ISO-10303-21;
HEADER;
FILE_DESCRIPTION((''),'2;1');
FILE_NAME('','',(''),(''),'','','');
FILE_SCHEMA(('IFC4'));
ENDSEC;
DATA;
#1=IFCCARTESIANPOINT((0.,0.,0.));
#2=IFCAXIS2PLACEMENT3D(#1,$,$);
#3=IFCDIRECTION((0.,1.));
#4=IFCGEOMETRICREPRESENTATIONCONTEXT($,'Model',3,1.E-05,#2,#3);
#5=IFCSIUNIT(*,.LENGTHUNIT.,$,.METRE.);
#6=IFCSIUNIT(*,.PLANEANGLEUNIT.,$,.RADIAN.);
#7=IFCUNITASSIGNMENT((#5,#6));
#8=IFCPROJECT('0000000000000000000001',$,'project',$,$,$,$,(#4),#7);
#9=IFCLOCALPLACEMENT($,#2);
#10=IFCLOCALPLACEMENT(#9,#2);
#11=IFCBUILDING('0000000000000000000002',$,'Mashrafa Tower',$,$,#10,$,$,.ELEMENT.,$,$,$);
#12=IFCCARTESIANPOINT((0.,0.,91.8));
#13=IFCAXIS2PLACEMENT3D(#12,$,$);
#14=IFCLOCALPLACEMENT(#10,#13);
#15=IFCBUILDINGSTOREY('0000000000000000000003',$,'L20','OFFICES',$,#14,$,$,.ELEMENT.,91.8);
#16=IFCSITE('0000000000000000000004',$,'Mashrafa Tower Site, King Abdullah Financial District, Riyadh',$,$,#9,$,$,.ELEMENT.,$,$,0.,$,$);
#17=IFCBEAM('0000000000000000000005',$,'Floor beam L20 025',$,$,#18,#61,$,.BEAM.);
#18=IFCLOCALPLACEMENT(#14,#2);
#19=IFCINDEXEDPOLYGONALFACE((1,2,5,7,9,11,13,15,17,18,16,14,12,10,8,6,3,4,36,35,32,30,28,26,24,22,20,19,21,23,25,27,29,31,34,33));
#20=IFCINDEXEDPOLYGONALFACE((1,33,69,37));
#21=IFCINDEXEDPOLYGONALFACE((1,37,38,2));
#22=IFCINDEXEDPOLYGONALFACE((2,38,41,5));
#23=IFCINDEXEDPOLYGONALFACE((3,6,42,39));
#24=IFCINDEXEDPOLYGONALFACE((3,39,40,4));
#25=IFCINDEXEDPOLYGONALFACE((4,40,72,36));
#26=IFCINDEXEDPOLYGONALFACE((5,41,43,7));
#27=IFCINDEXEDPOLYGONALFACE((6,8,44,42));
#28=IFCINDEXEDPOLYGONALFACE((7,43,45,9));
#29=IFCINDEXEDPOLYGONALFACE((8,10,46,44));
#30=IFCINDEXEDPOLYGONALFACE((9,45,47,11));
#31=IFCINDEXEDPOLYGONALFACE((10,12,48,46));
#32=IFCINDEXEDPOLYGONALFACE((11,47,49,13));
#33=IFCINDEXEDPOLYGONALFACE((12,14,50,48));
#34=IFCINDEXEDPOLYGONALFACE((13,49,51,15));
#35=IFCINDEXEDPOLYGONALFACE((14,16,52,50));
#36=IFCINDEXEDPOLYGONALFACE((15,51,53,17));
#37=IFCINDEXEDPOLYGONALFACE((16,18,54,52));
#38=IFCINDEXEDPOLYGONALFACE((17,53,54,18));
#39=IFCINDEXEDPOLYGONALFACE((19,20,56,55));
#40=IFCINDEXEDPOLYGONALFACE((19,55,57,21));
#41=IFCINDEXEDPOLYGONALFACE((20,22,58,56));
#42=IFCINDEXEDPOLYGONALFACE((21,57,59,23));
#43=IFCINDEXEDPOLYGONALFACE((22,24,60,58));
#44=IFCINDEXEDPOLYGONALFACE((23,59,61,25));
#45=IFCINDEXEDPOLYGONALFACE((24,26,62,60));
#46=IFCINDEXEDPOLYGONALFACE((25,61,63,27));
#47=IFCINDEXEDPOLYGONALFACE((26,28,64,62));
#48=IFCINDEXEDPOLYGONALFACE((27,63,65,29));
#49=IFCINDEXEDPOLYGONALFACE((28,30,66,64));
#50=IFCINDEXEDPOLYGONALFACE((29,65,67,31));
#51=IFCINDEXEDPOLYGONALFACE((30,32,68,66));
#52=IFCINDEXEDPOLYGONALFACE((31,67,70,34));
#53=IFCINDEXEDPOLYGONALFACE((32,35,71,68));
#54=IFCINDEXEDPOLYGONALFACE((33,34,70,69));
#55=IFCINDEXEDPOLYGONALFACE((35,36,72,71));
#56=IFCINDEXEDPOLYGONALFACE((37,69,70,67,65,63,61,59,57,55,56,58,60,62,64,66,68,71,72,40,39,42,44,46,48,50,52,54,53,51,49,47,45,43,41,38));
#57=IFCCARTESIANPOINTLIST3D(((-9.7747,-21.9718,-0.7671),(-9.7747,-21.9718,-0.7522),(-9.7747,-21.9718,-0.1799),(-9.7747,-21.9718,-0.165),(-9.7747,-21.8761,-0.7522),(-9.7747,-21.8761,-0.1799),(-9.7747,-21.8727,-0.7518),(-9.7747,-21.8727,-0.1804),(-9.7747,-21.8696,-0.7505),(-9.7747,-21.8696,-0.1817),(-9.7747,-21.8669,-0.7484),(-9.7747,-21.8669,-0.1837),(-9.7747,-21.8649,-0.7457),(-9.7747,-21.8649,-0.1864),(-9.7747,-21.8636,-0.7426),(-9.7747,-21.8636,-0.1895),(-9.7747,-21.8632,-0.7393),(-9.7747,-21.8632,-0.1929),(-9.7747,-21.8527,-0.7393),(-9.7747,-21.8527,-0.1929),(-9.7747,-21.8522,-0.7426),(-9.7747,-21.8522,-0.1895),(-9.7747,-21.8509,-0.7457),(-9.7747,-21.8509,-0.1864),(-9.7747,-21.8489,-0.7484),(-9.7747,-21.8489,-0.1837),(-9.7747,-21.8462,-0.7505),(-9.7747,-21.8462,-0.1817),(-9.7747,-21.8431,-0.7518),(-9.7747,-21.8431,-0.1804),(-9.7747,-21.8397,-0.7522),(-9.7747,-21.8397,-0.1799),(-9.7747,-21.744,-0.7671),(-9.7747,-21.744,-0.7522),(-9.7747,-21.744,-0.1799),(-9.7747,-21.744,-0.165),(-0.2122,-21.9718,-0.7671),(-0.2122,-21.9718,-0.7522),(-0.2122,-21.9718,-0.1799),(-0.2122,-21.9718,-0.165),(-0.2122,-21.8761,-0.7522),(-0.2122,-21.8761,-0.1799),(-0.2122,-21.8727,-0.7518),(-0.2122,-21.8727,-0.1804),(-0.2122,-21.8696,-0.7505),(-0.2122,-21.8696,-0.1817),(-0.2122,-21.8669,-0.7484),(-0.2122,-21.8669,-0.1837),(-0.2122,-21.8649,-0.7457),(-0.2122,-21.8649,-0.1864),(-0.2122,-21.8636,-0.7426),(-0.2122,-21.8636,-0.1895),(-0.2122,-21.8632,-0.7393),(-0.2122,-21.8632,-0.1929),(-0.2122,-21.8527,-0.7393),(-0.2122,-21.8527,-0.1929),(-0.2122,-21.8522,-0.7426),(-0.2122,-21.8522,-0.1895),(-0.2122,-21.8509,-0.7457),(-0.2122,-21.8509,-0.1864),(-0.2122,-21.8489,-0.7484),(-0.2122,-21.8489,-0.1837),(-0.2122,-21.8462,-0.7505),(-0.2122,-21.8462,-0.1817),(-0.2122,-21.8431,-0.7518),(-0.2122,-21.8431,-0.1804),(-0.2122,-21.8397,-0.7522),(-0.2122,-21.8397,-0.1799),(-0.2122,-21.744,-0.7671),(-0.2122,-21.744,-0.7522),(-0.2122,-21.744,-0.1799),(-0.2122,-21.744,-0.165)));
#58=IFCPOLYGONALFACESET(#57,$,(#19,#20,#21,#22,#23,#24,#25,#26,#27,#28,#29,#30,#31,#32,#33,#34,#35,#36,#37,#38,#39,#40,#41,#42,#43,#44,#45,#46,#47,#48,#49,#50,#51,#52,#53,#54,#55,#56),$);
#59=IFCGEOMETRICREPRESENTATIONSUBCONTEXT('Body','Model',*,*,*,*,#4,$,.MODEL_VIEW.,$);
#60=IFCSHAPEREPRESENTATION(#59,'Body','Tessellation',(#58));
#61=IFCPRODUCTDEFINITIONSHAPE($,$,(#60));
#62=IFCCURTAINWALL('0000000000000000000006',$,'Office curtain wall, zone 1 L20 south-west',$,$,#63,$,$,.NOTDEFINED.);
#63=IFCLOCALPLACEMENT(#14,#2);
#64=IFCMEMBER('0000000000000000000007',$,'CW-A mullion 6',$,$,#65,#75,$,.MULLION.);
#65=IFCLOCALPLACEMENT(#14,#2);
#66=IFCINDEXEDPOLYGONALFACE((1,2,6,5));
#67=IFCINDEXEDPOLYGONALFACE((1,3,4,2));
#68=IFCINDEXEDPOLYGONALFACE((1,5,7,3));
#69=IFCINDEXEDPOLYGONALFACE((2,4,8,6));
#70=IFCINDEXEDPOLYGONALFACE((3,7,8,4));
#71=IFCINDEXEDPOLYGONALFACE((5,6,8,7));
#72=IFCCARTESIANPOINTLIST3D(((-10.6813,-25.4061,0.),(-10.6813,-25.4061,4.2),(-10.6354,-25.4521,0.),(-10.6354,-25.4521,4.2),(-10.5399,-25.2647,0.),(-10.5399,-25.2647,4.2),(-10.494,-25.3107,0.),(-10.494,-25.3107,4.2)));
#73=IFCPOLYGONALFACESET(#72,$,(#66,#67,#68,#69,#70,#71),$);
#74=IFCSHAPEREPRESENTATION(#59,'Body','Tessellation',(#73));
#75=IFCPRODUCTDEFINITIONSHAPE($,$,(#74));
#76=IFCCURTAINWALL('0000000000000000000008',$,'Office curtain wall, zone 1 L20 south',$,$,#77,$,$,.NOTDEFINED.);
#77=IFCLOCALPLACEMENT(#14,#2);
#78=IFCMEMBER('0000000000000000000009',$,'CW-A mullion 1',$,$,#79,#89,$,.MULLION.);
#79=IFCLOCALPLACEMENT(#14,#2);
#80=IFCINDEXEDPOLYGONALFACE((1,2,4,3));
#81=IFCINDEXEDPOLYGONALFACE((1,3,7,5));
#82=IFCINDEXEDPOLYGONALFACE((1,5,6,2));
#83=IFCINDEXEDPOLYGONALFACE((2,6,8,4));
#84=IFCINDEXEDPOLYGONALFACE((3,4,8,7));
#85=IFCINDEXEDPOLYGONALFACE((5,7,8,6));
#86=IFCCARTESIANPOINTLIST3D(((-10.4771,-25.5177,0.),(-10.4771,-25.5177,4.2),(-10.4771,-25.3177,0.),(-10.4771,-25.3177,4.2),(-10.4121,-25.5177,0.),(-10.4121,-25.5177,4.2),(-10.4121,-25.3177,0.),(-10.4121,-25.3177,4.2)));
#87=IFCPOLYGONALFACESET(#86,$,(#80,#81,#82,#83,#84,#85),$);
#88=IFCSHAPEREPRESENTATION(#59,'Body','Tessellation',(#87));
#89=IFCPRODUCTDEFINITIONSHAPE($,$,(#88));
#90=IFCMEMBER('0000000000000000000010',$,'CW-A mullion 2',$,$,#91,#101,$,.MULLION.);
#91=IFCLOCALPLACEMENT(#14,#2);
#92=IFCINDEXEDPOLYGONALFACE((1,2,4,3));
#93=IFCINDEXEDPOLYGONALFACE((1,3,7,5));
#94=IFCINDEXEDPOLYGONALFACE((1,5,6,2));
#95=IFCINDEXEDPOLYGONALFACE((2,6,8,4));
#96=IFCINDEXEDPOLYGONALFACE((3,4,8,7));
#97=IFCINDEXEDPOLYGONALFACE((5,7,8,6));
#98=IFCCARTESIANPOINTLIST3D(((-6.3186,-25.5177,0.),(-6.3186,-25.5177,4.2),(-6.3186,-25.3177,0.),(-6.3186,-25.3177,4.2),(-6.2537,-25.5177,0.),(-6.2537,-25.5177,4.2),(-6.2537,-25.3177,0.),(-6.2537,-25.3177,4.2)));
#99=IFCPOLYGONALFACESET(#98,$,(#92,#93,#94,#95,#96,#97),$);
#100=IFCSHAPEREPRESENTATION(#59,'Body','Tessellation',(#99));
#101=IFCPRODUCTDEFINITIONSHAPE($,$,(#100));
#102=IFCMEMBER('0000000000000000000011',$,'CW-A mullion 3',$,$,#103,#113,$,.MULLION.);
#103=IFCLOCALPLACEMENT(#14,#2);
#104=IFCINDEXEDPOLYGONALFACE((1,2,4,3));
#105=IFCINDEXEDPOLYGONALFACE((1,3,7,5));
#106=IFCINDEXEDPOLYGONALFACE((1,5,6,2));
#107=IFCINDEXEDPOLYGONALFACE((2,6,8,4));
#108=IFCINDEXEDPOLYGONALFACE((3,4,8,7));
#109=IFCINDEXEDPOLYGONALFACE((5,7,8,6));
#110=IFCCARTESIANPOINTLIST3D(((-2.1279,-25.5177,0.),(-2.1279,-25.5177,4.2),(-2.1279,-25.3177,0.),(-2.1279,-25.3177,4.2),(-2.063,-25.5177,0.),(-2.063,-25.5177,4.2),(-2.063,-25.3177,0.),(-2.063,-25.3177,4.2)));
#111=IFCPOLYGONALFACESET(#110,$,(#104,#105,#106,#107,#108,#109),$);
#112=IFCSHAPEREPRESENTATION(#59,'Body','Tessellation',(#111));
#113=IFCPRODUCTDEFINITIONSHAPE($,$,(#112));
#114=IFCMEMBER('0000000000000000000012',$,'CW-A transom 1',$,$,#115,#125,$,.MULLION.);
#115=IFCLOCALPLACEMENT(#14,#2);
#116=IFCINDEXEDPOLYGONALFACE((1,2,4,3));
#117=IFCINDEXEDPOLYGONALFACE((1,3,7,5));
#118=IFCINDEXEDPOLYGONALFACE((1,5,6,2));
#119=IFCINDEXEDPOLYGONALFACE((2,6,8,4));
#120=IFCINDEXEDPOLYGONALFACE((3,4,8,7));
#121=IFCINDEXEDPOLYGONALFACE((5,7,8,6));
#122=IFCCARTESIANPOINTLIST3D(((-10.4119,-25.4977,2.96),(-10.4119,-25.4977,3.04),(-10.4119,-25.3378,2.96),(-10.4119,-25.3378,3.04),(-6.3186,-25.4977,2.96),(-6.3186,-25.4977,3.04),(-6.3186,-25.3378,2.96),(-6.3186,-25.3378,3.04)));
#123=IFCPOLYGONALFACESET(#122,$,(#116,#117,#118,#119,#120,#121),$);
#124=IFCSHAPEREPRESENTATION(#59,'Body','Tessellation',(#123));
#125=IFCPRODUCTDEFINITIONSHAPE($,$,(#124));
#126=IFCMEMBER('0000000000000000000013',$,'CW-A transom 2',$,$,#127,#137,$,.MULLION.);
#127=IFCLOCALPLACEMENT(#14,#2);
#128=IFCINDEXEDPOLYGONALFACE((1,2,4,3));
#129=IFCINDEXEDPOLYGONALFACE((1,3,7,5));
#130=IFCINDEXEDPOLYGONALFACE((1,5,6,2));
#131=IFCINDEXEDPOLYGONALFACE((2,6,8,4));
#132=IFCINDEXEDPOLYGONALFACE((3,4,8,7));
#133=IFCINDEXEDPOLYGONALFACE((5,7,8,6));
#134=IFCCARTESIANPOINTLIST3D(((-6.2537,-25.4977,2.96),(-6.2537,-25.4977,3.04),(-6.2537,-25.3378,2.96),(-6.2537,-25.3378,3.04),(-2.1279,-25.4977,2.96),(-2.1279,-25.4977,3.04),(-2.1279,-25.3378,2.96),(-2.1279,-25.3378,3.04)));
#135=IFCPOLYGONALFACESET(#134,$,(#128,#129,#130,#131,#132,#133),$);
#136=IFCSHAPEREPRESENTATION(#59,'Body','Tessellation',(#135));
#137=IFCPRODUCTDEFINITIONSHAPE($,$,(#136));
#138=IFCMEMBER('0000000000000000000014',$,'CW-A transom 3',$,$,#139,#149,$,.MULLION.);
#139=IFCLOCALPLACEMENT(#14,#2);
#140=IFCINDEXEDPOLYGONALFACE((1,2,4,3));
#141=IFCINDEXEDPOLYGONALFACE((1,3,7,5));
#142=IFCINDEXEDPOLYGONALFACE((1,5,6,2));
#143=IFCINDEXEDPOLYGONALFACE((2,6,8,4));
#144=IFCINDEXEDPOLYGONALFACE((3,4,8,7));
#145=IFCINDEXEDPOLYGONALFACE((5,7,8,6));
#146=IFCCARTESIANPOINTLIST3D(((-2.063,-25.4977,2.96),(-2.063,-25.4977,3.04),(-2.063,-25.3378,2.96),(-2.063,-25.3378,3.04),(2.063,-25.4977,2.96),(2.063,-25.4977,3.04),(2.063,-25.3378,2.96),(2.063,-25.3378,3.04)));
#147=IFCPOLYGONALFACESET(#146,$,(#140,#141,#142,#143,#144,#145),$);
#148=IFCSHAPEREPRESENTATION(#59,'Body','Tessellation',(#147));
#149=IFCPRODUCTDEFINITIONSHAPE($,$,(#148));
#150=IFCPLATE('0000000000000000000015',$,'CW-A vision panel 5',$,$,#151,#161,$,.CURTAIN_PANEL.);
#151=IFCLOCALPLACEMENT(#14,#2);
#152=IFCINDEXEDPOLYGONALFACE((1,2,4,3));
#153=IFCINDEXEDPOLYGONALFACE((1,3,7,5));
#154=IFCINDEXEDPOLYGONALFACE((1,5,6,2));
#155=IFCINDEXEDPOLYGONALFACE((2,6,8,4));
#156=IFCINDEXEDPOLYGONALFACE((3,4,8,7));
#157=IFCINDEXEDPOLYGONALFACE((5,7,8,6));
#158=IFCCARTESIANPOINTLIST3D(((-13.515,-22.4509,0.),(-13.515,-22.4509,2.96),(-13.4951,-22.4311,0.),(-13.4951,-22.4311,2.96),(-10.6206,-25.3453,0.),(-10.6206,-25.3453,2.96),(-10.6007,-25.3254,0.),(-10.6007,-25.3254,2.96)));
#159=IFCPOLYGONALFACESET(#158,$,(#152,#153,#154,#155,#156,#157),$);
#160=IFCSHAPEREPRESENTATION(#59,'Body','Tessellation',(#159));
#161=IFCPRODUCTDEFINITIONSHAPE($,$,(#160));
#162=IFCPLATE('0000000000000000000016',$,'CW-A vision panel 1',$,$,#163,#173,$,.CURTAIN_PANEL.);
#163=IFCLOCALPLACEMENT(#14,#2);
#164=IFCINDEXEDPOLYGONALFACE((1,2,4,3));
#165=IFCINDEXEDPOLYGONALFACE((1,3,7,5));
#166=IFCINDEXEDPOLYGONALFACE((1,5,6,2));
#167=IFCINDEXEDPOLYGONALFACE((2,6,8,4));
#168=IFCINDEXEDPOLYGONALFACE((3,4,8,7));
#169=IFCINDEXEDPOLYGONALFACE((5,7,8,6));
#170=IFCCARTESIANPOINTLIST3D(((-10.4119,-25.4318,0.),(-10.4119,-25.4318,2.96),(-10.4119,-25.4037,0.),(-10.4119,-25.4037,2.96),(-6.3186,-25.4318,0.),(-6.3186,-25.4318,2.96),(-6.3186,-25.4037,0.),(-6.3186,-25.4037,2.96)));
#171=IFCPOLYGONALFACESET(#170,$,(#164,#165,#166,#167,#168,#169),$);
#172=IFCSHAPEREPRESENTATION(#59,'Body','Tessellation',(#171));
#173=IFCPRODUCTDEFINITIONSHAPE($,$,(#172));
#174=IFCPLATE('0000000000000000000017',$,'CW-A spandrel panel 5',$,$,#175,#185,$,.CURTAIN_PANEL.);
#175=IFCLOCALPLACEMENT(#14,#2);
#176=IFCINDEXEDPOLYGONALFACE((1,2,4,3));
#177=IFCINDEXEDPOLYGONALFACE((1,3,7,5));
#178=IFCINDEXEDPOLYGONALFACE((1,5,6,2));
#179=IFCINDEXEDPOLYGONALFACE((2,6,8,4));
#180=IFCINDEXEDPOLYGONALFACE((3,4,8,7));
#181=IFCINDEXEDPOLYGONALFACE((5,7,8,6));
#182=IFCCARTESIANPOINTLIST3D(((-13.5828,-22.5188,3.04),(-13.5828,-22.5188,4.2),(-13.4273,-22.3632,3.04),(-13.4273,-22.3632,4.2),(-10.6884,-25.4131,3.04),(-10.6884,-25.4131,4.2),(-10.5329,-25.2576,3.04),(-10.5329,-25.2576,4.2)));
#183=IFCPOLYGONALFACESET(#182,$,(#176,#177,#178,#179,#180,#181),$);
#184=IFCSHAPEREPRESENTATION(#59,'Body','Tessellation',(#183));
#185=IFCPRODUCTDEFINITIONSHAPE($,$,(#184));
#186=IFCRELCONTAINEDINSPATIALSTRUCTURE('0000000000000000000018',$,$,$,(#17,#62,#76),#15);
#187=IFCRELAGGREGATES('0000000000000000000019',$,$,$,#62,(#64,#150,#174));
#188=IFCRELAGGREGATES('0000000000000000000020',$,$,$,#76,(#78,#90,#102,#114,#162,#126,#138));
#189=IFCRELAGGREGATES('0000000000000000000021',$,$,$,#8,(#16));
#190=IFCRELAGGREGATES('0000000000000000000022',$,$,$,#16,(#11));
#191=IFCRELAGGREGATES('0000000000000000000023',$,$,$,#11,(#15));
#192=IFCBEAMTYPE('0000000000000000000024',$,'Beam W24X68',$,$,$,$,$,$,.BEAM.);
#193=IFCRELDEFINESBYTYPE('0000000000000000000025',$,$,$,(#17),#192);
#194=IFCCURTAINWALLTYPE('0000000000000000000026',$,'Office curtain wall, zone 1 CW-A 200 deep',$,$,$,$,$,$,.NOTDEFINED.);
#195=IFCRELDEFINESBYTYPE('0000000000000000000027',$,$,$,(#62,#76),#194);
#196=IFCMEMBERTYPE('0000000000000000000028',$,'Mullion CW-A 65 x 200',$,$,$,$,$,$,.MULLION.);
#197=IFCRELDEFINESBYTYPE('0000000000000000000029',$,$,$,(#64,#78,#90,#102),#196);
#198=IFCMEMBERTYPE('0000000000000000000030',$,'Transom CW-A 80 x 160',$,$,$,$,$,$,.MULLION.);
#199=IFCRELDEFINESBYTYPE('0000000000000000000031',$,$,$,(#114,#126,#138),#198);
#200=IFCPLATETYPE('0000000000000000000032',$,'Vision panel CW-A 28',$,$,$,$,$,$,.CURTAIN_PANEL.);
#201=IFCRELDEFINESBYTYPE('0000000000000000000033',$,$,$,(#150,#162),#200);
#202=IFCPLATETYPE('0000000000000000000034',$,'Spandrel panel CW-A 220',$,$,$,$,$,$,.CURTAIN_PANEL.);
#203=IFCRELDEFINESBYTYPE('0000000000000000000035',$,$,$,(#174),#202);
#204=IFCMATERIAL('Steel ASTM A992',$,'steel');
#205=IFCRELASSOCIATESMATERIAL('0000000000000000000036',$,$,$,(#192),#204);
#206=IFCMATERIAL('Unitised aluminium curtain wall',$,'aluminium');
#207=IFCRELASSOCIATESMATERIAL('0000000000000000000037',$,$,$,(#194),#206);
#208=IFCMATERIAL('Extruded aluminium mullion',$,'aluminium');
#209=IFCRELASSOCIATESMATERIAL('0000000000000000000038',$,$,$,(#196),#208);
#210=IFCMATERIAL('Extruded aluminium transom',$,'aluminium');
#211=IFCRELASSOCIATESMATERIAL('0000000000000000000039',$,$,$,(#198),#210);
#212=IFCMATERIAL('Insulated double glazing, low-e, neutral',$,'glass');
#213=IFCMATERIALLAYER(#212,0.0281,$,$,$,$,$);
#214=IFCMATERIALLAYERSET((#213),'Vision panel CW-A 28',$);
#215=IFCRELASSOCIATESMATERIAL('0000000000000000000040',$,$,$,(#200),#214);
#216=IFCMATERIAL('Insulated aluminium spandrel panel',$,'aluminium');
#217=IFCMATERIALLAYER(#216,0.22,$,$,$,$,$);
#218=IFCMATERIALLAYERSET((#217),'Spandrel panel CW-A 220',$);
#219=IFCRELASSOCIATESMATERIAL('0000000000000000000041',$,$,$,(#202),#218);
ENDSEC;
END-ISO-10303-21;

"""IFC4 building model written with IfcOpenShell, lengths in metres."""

from ifc_helpers import new_model, si_unit, direction, frame, origin, origin_2d, place, context, subcontext, project, spatial, rectangle, i_section, extrude, source, transform, mapped, material, layer, layer_set, material_profile, profile_set, type_object, type_shapes, element, aggregate, save


model = new_model("IFC4")

# Units and contexts
model_context = context("Model", 3, precision=1e-05, world=origin(), true_north=direction((0.0, 1.0)))
body_context = subcontext(model_context, "Body", "Model", "MODEL_VIEW")
ifc_project = project(units=[si_unit("LENGTHUNIT", "METRE"), si_unit("PLANEANGLEUNIT", "RADIAN")], contexts=[model_context])

# Site, building, storey
site_placement = place(None, origin())
site = spatial("IfcSite", under=ifc_project, at=site_placement, Name="Mashrafa Tower Site, King Abdullah Financial District, Riyadh", CompositionType="ELEMENT", RefElevation=0.0)
building_placement = place(site_placement, origin())
building = spatial("IfcBuilding", under=site, at=building_placement, Name="Mashrafa Tower", CompositionType="ELEMENT")
storey_placement = place(building_placement, frame((0.0, 0.0, 91.8)))
storey = spatial("IfcBuildingStorey", under=building, at=storey_placement, Name="L20", Description="OFFICES", CompositionType="ELEMENT", Elevation=91.8)

# Beam
ifc_material_1 = material(Name="Steel ASTM A992", Category="steel")
ifc_material_profile_1 = material_profile(ifc_material_1, i_section(OverallWidth=0.2278, OverallDepth=0.6021, WebThickness=0.0105, FlangeThickness=0.0149, FilletRadius=0.0129, at=origin_2d()), Name="W24X68")
ifc_profile_set_1 = profile_set([ifc_material_profile_1], Name="Steel ASTM A992")
beam_type_1 = type_object("IfcBeamType", Name="Beam W24X68", PredefinedType="BEAM", material=ifc_profile_set_1)
beam_1_placement = place(storey_placement, frame((-0.2122, -21.8579, -0.4661), z_axis=(-1.0, 0.0, 0.0), x_axis=(0.0, -1.0, 0.0)))
element("IfcBeam", 1, at=beam_1_placement, inside=storey, type_object=beam_type_1, Name="Floor beam L20 025", PredefinedType="BEAM", context=body_context, shape_type="SweptSolid", body=[
    extrude(i_section(OverallWidth=0.2278, OverallDepth=0.6021, WebThickness=0.0105, FlangeThickness=0.0149, FilletRadius=0.0129, at=origin_2d()), origin(), (0.0, 0.0, 1.0), 9.5625),
])

# Curtain wall, member
ifc_material_2 = material(Name="Unitised aluminium curtain wall", Category="aluminium")
curtain_wall_type = type_object("IfcCurtainWallType", Name="Office curtain wall, zone 1 CW-A 200 deep", PredefinedType="NOTDEFINED", material=ifc_material_2)
curtain_wall_1_placement = place(storey_placement, origin())
curtain_wall_1 = element("IfcCurtainWall", 2, at=curtain_wall_1_placement, inside=storey, type_object=curtain_wall_type, Name="Office curtain wall, zone 1 L20 south-west", PredefinedType="NOTDEFINED")
ifc_material_3 = material(Name="Extruded aluminium mullion", Category="aluminium")
ifc_material_profile_2 = material_profile(ifc_material_3, rectangle(XDim=0.2, YDim=0.0649, at=origin_2d()), Name="Mullion 65x200")
ifc_profile_set_2 = profile_set([ifc_material_profile_2], Name="Extruded aluminium mullion")
member_type_1 = type_object("IfcMemberType", Name="Mullion CW-A 65 x 200", PredefinedType="MULLION", material=ifc_profile_set_2)
shared_shape_1 = source(origin(), body_context, "Body", "SweptSolid", [
    extrude(rectangle(XDim=0.2, YDim=0.0649, at=origin_2d()), origin(), (0.0, 0.0, 1.0), 4.2),
])
type_shapes(member_type_1, [shared_shape_1])
member_1_placement = place(storey_placement, frame((-10.5876, -25.3584, 0.0), z_axis=(0.0, 0.0, 1.0), x_axis=(0.707107, 0.707107, 0.0)))
member_1 = element("IfcMember", 3, at=member_1_placement, type_object=member_type_1, Name="CW-A mullion 6", PredefinedType="MULLION", context=body_context, shape_type="MappedRepresentation", body=[
    mapped(shared_shape_1, transform((0.0, 0.0, 0.0))),
])

# Curtain wall, members
curtain_wall_2_placement = place(storey_placement, origin())
curtain_wall_2 = element("IfcCurtainWall", 4, at=curtain_wall_2_placement, inside=storey, type_object=curtain_wall_type, Name="Office curtain wall, zone 1 L20 south", PredefinedType="NOTDEFINED")
member_2_placement = place(storey_placement, frame((-10.4446, -25.4177, 0.0), z_axis=(0.0, 0.0, 1.0), x_axis=(0.0, 1.0, 0.0)))
member_2 = element("IfcMember", 5, at=member_2_placement, type_object=member_type_1, Name="CW-A mullion 1", PredefinedType="MULLION", context=body_context, shape_type="MappedRepresentation", body=[
    mapped(shared_shape_1, transform((0.0, 0.0, 0.0))),
])
member_3_placement = place(storey_placement, frame((-6.2861, -25.4177, 0.0), z_axis=(0.0, 0.0, 1.0), x_axis=(0.0, 1.0, 0.0)))
member_3 = element("IfcMember", 6, at=member_3_placement, type_object=member_type_1, Name="CW-A mullion 2", PredefinedType="MULLION", context=body_context, shape_type="MappedRepresentation", body=[
    mapped(shared_shape_1, transform((0.0, 0.0, 0.0))),
])
member_4_placement = place(storey_placement, frame((-2.0955, -25.4177, 0.0), z_axis=(0.0, 0.0, 1.0), x_axis=(0.0, 1.0, 0.0)))
member_4 = element("IfcMember", 7, at=member_4_placement, type_object=member_type_1, Name="CW-A mullion 3", PredefinedType="MULLION", context=body_context, shape_type="MappedRepresentation", body=[
    mapped(shared_shape_1, transform((0.0, 0.0, 0.0))),
])
ifc_material_4 = material(Name="Extruded aluminium transom", Category="aluminium")
ifc_material_profile_3 = material_profile(ifc_material_4, rectangle(XDim=0.1599, YDim=0.0801, at=origin_2d()), Name="Transom 80x160")
ifc_profile_set_3 = profile_set([ifc_material_profile_3], Name="Extruded aluminium transom")
member_type_2 = type_object("IfcMemberType", Name="Transom CW-A 80 x 160", PredefinedType="MULLION", material=ifc_profile_set_3)
shared_shape_2 = source(origin(), body_context, "Body", "SweptSolid", [
    extrude(rectangle(XDim=0.1599, YDim=0.0801, at=origin_2d()), origin(), (0.0, 0.0, 1.0), 4.0933),
])
member_5_placement = place(storey_placement, frame((-10.4119, -25.4177, 3.0), z_axis=(1.0, 0.0, 0.0), x_axis=(0.0, 1.0, 0.0)))
member_5 = element("IfcMember", 8, at=member_5_placement, type_object=member_type_2, Name="CW-A transom 1", PredefinedType="MULLION", context=body_context, shape_type="MappedRepresentation", body=[
    mapped(shared_shape_2, transform((0.0, 0.0, 0.0))),
])
shared_shape_3 = source(origin(), body_context, "Body", "SweptSolid", [
    extrude(rectangle(XDim=0.1599, YDim=0.0801, at=origin_2d()), origin(), (0.0, 0.0, 1.0), 4.1257),
])
member_6_placement = place(storey_placement, frame((-6.2537, -25.4177, 3.0), z_axis=(1.0, 0.0, 0.0), x_axis=(0.0, 1.0, 0.0)))
member_6 = element("IfcMember", 9, at=member_6_placement, type_object=member_type_2, Name="CW-A transom 2", PredefinedType="MULLION", context=body_context, shape_type="MappedRepresentation", body=[
    mapped(shared_shape_3, transform((0.0, 0.0, 0.0))),
])
shared_shape_4 = source(origin(), body_context, "Body", "SweptSolid", [
    extrude(rectangle(XDim=0.1599, YDim=0.0801, at=origin_2d()), origin(), (0.0, 0.0, 1.0), 4.126),
])
type_shapes(member_type_2, [shared_shape_2, shared_shape_3, shared_shape_4])
member_7_placement = place(storey_placement, frame((-2.063, -25.4177, 3.0), z_axis=(1.0, 0.0, 0.0), x_axis=(0.0, 1.0, 0.0)))
member_7 = element("IfcMember", 10, at=member_7_placement, type_object=member_type_2, Name="CW-A transom 3", PredefinedType="MULLION", context=body_context, shape_type="MappedRepresentation", body=[
    mapped(shared_shape_4, transform((0.0, 0.0, 0.0))),
])

# Plates
ifc_material_5 = material(Name="Insulated double glazing, low-e, neutral", Category="glass")
ifc_layer_1 = layer(ifc_material_5, 0.0281)
ifc_layer_set_1 = layer_set([ifc_layer_1], Name="Vision panel CW-A 28")
plate_type_1 = type_object("IfcPlateType", Name="Vision panel CW-A 28", PredefinedType="CURTAIN_PANEL", material=ifc_layer_set_1)
shared_shape_5 = source(origin(), body_context, "Body", "SweptSolid", [
    extrude(rectangle(XDim=4.0933, YDim=0.0281, at=origin_2d()), origin(), (0.0, 0.0, 1.0), 2.96),
])
plate_1_placement = place(storey_placement, frame((-12.0579, -23.8882, 0.0), z_axis=(0.0, 0.0, 1.0), x_axis=(0.707107, -0.707107, 0.0)))
plate_1 = element("IfcPlate", 11, at=plate_1_placement, type_object=plate_type_1, Name="CW-A vision panel 5", PredefinedType="CURTAIN_PANEL", context=body_context, shape_type="MappedRepresentation", body=[
    mapped(shared_shape_5, transform((0.0, 0.0, 0.0))),
])
plate_2_placement = place(storey_placement, frame((-8.3652, -25.4177, 0.0), z_axis=(0.0, 0.0, 1.0), x_axis=(1.0, 0.0, 0.0)))
plate_2 = element("IfcPlate", 12, at=plate_2_placement, type_object=plate_type_1, Name="CW-A vision panel 1", PredefinedType="CURTAIN_PANEL", context=body_context, shape_type="MappedRepresentation", body=[
    mapped(shared_shape_5, transform((0.0, 0.0, 0.0))),
])
ifc_material_6 = material(Name="Insulated aluminium spandrel panel", Category="aluminium")
ifc_layer_2 = layer(ifc_material_6, 0.22)
ifc_layer_set_2 = layer_set([ifc_layer_2], Name="Spandrel panel CW-A 220")
plate_type_2 = type_object("IfcPlateType", Name="Spandrel panel CW-A 220", PredefinedType="CURTAIN_PANEL", material=ifc_layer_set_2)
shared_shape_6 = source(origin(), body_context, "Body", "SweptSolid", [
    extrude(rectangle(XDim=4.0933, YDim=0.22, at=origin_2d()), origin(), (0.0, 0.0, 1.0), 1.1599),
])
plate_3_placement = place(storey_placement, frame((-12.0579, -23.8882, 3.04), z_axis=(0.0, 0.0, 1.0), x_axis=(0.707107, -0.707107, 0.0)))
plate_3 = element("IfcPlate", 13, at=plate_3_placement, type_object=plate_type_2, Name="CW-A spandrel panel 5", PredefinedType="CURTAIN_PANEL", context=body_context, shape_type="MappedRepresentation", body=[
    mapped(shared_shape_6, transform((0.0, 0.0, 0.0))),
])
aggregate(curtain_wall_1, [member_1, plate_1, plate_3])
aggregate(curtain_wall_2, [member_2, member_3, member_4, member_5, plate_2, member_6, member_7])

save(model, "model.ifc")
